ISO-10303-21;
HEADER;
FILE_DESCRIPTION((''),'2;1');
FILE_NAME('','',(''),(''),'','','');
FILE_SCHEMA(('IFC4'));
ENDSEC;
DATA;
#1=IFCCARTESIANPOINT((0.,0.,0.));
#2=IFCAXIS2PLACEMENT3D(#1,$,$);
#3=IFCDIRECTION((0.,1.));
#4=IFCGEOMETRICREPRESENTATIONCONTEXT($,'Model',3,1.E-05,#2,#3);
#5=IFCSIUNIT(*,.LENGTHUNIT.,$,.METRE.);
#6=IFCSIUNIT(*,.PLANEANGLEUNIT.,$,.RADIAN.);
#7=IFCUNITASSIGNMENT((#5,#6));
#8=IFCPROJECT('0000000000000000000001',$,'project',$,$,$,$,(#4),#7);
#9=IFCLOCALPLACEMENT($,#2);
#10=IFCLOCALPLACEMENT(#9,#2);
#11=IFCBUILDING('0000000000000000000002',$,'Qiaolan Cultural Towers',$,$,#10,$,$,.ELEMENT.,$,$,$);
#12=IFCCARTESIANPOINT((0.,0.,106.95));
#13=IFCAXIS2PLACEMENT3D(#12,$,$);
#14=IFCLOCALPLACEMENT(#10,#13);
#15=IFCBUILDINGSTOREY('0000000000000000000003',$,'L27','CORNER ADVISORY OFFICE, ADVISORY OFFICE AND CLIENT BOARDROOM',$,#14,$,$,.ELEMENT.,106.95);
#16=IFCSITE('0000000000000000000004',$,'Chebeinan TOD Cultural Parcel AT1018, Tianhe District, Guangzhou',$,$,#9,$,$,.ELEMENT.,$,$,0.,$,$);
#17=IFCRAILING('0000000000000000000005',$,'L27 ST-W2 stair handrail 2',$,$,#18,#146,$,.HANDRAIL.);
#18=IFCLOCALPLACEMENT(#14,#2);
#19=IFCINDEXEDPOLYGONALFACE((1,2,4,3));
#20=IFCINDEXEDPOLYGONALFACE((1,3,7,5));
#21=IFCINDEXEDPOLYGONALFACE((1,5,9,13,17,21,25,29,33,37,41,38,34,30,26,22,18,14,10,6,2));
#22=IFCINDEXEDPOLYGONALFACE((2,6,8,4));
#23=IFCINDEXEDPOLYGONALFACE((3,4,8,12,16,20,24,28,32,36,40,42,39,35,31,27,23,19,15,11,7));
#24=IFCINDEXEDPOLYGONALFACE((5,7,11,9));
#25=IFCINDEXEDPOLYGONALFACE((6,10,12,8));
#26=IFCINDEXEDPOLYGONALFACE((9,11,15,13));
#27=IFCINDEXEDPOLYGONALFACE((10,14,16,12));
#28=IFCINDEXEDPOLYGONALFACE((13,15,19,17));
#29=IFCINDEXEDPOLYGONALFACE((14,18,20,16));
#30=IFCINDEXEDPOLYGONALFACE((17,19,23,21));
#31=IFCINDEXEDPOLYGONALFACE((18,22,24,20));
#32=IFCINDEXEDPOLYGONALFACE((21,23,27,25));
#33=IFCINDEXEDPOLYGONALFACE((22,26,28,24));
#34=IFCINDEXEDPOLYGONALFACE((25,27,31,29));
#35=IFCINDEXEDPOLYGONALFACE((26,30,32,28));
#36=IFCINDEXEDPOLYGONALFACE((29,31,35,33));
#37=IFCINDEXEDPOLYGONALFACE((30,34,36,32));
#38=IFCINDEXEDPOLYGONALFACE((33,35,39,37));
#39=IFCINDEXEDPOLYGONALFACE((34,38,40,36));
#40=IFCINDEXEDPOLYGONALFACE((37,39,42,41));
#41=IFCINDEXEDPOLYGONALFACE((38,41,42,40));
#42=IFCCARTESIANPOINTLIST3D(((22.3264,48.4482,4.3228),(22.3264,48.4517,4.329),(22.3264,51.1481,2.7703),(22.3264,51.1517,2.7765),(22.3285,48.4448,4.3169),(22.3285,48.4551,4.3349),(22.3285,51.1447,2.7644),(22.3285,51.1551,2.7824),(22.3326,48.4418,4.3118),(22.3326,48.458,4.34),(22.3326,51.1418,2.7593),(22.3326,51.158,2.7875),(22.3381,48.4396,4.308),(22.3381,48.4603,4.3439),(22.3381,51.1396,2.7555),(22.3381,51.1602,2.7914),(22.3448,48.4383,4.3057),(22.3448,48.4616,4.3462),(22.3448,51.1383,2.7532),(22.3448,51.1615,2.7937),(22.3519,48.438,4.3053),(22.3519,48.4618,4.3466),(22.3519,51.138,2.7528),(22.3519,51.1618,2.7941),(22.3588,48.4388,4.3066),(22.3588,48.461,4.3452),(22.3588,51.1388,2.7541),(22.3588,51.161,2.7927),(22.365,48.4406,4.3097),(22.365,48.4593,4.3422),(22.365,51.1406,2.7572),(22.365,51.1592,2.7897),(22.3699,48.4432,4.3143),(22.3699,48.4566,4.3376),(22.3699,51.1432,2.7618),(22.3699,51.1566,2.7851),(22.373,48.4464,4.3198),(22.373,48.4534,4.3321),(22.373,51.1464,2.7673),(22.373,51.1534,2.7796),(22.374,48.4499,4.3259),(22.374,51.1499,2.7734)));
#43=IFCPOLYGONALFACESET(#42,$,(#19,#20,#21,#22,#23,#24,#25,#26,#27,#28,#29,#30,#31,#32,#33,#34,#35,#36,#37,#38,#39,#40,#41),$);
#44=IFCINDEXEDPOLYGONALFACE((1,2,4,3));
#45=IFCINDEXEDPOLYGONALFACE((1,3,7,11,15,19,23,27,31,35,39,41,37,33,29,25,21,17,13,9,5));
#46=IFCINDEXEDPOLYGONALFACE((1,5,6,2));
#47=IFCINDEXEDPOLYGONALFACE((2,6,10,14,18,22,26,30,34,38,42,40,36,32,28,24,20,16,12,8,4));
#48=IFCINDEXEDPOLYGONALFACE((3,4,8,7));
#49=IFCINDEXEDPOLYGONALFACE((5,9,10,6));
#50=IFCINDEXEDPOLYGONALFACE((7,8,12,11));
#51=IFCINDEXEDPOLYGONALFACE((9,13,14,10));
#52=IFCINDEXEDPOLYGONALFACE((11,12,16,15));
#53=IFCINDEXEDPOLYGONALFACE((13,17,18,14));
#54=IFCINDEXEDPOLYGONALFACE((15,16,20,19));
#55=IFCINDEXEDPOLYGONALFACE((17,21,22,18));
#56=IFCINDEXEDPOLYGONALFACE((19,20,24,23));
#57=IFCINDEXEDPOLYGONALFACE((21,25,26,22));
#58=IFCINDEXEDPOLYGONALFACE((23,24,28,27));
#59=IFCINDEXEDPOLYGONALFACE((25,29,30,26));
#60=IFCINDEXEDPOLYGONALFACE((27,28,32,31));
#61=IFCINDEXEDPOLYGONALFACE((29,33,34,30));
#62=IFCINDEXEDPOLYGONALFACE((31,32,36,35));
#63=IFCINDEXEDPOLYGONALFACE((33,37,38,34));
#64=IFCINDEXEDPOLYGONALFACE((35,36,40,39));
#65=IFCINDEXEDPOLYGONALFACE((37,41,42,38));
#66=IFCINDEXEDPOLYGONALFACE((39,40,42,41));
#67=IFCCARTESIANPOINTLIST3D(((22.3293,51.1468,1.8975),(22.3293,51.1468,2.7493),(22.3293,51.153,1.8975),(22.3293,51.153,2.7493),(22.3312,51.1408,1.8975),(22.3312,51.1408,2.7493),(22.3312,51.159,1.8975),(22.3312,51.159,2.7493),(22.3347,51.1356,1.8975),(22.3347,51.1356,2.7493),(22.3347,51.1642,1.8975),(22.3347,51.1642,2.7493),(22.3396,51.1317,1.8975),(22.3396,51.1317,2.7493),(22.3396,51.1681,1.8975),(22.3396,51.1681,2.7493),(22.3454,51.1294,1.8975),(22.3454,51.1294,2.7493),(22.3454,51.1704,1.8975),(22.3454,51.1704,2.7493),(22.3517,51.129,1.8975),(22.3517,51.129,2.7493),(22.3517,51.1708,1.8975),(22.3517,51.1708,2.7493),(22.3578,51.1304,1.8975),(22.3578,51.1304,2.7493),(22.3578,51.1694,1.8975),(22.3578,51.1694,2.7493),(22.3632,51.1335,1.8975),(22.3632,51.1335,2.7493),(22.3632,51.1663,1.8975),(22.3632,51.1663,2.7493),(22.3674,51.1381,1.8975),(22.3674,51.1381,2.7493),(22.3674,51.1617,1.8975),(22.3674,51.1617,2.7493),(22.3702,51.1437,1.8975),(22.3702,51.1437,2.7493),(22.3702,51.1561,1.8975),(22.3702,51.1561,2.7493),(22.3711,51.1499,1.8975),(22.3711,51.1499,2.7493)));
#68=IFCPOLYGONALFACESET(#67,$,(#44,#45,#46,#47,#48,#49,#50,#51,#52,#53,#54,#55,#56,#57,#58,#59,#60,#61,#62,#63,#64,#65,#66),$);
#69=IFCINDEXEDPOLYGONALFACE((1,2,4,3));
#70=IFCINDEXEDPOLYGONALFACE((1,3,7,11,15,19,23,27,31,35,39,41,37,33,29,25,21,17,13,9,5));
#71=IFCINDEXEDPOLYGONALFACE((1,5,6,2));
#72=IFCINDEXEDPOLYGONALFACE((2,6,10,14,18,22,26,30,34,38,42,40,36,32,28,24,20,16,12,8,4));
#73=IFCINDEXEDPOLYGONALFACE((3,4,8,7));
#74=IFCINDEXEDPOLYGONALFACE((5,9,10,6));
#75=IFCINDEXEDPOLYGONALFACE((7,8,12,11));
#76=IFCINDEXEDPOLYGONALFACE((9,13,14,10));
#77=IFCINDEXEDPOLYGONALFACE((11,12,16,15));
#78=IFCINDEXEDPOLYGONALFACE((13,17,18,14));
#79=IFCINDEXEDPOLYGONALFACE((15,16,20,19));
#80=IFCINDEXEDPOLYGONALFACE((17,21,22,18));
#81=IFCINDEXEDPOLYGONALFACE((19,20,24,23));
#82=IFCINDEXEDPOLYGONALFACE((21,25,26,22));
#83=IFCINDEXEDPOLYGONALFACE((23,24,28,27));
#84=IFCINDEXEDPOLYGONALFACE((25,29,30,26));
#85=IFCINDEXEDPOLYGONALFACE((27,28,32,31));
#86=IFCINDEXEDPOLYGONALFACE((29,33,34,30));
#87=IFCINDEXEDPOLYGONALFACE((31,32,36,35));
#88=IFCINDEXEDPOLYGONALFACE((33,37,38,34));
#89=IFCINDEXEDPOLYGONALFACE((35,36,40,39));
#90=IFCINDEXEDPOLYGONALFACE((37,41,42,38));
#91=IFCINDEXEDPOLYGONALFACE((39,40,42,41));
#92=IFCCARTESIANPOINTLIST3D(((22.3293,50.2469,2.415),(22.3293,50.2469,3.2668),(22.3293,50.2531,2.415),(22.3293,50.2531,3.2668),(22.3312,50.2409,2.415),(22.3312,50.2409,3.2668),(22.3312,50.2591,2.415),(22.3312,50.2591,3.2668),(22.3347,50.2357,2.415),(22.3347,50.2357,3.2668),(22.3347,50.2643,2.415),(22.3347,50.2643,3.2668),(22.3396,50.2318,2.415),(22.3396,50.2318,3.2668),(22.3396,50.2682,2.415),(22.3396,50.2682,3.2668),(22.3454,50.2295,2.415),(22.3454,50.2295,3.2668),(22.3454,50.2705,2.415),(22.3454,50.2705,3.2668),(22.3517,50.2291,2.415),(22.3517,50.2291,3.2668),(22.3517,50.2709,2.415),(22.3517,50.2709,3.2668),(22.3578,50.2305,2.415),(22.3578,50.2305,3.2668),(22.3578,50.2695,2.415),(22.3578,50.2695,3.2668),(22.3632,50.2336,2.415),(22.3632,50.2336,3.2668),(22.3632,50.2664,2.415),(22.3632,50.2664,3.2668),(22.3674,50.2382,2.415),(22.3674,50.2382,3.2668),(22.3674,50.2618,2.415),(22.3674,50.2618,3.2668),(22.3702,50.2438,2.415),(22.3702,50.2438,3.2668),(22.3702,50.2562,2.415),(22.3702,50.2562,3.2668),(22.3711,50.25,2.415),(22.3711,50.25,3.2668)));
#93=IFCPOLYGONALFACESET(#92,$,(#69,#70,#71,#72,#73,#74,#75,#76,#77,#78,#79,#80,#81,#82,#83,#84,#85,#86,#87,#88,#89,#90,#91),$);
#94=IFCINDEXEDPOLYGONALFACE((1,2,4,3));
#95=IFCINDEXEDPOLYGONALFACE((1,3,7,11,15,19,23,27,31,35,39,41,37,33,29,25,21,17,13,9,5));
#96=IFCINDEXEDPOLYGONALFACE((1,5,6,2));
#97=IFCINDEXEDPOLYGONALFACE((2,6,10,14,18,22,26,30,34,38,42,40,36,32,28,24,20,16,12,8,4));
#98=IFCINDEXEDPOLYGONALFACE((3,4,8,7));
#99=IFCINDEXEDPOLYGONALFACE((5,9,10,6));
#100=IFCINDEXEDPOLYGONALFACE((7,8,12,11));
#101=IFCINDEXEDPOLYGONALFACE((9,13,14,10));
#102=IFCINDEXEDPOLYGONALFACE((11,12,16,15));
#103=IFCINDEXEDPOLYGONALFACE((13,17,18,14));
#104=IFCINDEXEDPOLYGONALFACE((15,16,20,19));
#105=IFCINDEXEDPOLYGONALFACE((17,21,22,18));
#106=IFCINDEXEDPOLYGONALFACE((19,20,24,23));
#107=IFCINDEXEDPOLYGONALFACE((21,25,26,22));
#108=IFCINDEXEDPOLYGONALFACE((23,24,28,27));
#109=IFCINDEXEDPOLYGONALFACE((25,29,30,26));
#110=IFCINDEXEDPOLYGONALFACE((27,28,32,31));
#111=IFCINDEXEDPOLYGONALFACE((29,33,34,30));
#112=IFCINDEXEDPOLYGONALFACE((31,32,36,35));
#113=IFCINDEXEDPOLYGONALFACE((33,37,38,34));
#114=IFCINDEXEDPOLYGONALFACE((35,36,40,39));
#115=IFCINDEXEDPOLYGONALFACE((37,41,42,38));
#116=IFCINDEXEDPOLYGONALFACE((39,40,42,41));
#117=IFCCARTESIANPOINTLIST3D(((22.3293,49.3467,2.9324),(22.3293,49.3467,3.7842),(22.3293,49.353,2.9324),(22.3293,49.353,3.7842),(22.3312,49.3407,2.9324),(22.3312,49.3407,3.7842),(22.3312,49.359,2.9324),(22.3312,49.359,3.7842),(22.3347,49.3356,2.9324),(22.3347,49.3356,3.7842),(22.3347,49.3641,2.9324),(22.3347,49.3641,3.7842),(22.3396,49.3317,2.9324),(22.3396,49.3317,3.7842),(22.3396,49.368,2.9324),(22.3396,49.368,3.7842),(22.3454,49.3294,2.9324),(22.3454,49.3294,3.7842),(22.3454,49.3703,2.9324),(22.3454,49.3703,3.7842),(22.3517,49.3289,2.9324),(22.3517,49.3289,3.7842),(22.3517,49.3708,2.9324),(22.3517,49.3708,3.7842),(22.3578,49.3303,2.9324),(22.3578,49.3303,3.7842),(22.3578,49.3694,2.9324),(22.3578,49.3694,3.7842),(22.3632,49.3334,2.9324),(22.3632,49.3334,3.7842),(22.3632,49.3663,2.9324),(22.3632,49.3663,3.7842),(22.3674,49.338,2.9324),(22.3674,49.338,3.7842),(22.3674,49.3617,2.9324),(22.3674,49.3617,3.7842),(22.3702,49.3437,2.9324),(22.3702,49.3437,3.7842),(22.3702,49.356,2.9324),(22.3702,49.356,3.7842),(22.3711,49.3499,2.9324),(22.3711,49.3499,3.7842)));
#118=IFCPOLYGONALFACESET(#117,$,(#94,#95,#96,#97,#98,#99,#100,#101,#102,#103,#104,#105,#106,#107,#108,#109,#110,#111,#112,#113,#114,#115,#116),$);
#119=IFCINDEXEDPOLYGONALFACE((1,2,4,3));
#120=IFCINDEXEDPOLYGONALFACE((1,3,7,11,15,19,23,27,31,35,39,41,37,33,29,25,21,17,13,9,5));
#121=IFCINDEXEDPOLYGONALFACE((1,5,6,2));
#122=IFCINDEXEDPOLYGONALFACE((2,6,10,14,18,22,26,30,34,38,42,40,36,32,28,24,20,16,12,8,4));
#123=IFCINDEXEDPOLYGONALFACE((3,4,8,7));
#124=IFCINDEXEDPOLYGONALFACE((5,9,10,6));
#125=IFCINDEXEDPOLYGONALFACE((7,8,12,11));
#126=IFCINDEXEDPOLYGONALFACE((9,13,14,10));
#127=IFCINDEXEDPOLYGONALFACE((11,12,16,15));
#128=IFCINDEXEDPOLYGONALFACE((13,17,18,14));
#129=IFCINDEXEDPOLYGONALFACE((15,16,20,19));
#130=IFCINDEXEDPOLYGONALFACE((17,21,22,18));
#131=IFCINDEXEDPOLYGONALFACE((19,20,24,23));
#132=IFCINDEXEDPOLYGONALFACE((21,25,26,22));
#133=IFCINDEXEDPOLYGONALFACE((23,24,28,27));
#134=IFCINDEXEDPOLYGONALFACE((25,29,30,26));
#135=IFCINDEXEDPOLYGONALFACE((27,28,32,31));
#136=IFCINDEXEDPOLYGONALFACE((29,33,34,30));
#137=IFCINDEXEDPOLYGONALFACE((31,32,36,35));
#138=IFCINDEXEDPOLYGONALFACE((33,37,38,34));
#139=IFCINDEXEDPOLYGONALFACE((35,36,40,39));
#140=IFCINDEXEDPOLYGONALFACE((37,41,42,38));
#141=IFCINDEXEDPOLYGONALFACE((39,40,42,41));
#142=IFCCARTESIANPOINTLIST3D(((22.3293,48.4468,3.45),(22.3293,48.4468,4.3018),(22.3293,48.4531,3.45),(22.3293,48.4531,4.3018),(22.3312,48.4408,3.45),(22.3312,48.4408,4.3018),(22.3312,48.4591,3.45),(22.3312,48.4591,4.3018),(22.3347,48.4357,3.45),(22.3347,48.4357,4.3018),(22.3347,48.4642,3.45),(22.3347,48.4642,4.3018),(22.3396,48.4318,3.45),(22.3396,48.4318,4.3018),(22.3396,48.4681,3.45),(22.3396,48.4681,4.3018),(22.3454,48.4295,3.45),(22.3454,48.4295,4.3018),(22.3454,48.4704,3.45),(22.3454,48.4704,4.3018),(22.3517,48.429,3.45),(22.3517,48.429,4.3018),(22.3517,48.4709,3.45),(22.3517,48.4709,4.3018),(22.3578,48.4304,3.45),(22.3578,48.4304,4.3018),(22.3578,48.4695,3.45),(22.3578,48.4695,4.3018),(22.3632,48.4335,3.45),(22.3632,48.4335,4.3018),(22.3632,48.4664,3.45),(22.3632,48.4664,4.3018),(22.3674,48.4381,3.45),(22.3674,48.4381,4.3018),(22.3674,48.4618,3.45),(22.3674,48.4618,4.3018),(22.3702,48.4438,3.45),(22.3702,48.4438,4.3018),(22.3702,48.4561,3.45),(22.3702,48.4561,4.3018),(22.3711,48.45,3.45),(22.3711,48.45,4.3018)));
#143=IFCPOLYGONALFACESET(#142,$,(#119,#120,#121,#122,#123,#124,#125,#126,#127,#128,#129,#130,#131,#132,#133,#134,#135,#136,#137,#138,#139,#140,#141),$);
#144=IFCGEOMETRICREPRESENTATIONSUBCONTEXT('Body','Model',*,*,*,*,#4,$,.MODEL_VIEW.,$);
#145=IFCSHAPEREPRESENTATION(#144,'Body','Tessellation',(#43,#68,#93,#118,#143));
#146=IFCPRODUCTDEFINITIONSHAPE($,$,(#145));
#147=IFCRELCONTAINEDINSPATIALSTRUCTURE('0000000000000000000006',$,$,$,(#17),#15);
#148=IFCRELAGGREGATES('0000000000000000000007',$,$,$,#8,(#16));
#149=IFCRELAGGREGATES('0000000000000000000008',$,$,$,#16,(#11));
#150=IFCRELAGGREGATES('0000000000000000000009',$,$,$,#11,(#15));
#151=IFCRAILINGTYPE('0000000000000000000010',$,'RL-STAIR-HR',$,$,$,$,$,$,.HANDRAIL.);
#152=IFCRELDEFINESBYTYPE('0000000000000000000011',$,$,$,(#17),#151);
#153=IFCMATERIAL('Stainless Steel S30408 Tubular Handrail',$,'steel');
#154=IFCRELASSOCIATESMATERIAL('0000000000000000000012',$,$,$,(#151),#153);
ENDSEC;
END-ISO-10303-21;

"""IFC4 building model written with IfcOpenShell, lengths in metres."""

from ifc_helpers import new_model, si_unit, direction, frame, origin, origin_2d, place, context, subcontext, project, spatial, circle, extrude, material, type_object, element, save


model = new_model("IFC4")

# Units and contexts
model_context = context("Model", 3, precision=1e-05, world=origin(), true_north=direction((0.0, 1.0)))
body_context = subcontext(model_context, "Body", "Model", "MODEL_VIEW")
ifc_project = project(units=[si_unit("LENGTHUNIT", "METRE"), si_unit("PLANEANGLEUNIT", "RADIAN")], contexts=[model_context])

# Site, building, storey
site_placement = place(None, origin())
site = spatial("IfcSite", under=ifc_project, at=site_placement, Name="Chebeinan TOD Cultural Parcel AT1018, Tianhe District, Guangzhou", CompositionType="ELEMENT", RefElevation=0.0)
building_placement = place(site_placement, origin())
building = spatial("IfcBuilding", under=site, at=building_placement, Name="Qiaolan Cultural Towers", CompositionType="ELEMENT")
storey_placement = place(building_placement, frame((0.0, 0.0, 106.95)))
storey = spatial("IfcBuildingStorey", under=building, at=storey_placement, Name="L27", Description="CORNER ADVISORY OFFICE, ADVISORY OFFICE AND CLIENT BOARDROOM", CompositionType="ELEMENT", Elevation=106.95)

# Railing
ifc_material_1 = material(Name="Stainless Steel S30408 Tubular Handrail", Category="steel")
railing_type_1 = type_object("IfcRailingType", Name="RL-STAIR-HR", PredefinedType="HANDRAIL", material=ifc_material_1)
railing_1_placement = place(storey_placement, frame((22.3501, 51.1499, 1.8975)))
element("IfcRailing", 1, at=railing_1_placement, inside=storey, type_object=railing_type_1, Name="L27 ST-W2 stair handrail 2", PredefinedType="HANDRAIL", context=body_context, shape_type="SweptSolid", body=[
    extrude(circle(Radius=0.0239, at=origin_2d()), frame((0.0, 0.0, 0.876), z_axis=(0.0, -0.866904, 0.498476), x_axis=(1.0, 0.0, 0.0)), (0.0, 0.0, 1.0), 3.1145),
    extrude(circle(Radius=0.021, at=origin_2d()), origin(), (0.0, 0.0, 1.0), 0.8518),
    extrude(circle(Radius=0.021, at=origin_2d()), frame((0.0, -0.8999, 0.5176)), (0.0, 0.0, 1.0), 0.8518),
    extrude(circle(Radius=0.021, at=origin_2d()), frame((0.0, -1.8, 1.0349)), (0.0, 0.0, 1.0), 0.8518),
    extrude(circle(Radius=0.021, at=origin_2d()), frame((0.0, -2.7, 1.5525)), (0.0, 0.0, 1.0), 0.8518),
])

save(model, "model.ifc")
